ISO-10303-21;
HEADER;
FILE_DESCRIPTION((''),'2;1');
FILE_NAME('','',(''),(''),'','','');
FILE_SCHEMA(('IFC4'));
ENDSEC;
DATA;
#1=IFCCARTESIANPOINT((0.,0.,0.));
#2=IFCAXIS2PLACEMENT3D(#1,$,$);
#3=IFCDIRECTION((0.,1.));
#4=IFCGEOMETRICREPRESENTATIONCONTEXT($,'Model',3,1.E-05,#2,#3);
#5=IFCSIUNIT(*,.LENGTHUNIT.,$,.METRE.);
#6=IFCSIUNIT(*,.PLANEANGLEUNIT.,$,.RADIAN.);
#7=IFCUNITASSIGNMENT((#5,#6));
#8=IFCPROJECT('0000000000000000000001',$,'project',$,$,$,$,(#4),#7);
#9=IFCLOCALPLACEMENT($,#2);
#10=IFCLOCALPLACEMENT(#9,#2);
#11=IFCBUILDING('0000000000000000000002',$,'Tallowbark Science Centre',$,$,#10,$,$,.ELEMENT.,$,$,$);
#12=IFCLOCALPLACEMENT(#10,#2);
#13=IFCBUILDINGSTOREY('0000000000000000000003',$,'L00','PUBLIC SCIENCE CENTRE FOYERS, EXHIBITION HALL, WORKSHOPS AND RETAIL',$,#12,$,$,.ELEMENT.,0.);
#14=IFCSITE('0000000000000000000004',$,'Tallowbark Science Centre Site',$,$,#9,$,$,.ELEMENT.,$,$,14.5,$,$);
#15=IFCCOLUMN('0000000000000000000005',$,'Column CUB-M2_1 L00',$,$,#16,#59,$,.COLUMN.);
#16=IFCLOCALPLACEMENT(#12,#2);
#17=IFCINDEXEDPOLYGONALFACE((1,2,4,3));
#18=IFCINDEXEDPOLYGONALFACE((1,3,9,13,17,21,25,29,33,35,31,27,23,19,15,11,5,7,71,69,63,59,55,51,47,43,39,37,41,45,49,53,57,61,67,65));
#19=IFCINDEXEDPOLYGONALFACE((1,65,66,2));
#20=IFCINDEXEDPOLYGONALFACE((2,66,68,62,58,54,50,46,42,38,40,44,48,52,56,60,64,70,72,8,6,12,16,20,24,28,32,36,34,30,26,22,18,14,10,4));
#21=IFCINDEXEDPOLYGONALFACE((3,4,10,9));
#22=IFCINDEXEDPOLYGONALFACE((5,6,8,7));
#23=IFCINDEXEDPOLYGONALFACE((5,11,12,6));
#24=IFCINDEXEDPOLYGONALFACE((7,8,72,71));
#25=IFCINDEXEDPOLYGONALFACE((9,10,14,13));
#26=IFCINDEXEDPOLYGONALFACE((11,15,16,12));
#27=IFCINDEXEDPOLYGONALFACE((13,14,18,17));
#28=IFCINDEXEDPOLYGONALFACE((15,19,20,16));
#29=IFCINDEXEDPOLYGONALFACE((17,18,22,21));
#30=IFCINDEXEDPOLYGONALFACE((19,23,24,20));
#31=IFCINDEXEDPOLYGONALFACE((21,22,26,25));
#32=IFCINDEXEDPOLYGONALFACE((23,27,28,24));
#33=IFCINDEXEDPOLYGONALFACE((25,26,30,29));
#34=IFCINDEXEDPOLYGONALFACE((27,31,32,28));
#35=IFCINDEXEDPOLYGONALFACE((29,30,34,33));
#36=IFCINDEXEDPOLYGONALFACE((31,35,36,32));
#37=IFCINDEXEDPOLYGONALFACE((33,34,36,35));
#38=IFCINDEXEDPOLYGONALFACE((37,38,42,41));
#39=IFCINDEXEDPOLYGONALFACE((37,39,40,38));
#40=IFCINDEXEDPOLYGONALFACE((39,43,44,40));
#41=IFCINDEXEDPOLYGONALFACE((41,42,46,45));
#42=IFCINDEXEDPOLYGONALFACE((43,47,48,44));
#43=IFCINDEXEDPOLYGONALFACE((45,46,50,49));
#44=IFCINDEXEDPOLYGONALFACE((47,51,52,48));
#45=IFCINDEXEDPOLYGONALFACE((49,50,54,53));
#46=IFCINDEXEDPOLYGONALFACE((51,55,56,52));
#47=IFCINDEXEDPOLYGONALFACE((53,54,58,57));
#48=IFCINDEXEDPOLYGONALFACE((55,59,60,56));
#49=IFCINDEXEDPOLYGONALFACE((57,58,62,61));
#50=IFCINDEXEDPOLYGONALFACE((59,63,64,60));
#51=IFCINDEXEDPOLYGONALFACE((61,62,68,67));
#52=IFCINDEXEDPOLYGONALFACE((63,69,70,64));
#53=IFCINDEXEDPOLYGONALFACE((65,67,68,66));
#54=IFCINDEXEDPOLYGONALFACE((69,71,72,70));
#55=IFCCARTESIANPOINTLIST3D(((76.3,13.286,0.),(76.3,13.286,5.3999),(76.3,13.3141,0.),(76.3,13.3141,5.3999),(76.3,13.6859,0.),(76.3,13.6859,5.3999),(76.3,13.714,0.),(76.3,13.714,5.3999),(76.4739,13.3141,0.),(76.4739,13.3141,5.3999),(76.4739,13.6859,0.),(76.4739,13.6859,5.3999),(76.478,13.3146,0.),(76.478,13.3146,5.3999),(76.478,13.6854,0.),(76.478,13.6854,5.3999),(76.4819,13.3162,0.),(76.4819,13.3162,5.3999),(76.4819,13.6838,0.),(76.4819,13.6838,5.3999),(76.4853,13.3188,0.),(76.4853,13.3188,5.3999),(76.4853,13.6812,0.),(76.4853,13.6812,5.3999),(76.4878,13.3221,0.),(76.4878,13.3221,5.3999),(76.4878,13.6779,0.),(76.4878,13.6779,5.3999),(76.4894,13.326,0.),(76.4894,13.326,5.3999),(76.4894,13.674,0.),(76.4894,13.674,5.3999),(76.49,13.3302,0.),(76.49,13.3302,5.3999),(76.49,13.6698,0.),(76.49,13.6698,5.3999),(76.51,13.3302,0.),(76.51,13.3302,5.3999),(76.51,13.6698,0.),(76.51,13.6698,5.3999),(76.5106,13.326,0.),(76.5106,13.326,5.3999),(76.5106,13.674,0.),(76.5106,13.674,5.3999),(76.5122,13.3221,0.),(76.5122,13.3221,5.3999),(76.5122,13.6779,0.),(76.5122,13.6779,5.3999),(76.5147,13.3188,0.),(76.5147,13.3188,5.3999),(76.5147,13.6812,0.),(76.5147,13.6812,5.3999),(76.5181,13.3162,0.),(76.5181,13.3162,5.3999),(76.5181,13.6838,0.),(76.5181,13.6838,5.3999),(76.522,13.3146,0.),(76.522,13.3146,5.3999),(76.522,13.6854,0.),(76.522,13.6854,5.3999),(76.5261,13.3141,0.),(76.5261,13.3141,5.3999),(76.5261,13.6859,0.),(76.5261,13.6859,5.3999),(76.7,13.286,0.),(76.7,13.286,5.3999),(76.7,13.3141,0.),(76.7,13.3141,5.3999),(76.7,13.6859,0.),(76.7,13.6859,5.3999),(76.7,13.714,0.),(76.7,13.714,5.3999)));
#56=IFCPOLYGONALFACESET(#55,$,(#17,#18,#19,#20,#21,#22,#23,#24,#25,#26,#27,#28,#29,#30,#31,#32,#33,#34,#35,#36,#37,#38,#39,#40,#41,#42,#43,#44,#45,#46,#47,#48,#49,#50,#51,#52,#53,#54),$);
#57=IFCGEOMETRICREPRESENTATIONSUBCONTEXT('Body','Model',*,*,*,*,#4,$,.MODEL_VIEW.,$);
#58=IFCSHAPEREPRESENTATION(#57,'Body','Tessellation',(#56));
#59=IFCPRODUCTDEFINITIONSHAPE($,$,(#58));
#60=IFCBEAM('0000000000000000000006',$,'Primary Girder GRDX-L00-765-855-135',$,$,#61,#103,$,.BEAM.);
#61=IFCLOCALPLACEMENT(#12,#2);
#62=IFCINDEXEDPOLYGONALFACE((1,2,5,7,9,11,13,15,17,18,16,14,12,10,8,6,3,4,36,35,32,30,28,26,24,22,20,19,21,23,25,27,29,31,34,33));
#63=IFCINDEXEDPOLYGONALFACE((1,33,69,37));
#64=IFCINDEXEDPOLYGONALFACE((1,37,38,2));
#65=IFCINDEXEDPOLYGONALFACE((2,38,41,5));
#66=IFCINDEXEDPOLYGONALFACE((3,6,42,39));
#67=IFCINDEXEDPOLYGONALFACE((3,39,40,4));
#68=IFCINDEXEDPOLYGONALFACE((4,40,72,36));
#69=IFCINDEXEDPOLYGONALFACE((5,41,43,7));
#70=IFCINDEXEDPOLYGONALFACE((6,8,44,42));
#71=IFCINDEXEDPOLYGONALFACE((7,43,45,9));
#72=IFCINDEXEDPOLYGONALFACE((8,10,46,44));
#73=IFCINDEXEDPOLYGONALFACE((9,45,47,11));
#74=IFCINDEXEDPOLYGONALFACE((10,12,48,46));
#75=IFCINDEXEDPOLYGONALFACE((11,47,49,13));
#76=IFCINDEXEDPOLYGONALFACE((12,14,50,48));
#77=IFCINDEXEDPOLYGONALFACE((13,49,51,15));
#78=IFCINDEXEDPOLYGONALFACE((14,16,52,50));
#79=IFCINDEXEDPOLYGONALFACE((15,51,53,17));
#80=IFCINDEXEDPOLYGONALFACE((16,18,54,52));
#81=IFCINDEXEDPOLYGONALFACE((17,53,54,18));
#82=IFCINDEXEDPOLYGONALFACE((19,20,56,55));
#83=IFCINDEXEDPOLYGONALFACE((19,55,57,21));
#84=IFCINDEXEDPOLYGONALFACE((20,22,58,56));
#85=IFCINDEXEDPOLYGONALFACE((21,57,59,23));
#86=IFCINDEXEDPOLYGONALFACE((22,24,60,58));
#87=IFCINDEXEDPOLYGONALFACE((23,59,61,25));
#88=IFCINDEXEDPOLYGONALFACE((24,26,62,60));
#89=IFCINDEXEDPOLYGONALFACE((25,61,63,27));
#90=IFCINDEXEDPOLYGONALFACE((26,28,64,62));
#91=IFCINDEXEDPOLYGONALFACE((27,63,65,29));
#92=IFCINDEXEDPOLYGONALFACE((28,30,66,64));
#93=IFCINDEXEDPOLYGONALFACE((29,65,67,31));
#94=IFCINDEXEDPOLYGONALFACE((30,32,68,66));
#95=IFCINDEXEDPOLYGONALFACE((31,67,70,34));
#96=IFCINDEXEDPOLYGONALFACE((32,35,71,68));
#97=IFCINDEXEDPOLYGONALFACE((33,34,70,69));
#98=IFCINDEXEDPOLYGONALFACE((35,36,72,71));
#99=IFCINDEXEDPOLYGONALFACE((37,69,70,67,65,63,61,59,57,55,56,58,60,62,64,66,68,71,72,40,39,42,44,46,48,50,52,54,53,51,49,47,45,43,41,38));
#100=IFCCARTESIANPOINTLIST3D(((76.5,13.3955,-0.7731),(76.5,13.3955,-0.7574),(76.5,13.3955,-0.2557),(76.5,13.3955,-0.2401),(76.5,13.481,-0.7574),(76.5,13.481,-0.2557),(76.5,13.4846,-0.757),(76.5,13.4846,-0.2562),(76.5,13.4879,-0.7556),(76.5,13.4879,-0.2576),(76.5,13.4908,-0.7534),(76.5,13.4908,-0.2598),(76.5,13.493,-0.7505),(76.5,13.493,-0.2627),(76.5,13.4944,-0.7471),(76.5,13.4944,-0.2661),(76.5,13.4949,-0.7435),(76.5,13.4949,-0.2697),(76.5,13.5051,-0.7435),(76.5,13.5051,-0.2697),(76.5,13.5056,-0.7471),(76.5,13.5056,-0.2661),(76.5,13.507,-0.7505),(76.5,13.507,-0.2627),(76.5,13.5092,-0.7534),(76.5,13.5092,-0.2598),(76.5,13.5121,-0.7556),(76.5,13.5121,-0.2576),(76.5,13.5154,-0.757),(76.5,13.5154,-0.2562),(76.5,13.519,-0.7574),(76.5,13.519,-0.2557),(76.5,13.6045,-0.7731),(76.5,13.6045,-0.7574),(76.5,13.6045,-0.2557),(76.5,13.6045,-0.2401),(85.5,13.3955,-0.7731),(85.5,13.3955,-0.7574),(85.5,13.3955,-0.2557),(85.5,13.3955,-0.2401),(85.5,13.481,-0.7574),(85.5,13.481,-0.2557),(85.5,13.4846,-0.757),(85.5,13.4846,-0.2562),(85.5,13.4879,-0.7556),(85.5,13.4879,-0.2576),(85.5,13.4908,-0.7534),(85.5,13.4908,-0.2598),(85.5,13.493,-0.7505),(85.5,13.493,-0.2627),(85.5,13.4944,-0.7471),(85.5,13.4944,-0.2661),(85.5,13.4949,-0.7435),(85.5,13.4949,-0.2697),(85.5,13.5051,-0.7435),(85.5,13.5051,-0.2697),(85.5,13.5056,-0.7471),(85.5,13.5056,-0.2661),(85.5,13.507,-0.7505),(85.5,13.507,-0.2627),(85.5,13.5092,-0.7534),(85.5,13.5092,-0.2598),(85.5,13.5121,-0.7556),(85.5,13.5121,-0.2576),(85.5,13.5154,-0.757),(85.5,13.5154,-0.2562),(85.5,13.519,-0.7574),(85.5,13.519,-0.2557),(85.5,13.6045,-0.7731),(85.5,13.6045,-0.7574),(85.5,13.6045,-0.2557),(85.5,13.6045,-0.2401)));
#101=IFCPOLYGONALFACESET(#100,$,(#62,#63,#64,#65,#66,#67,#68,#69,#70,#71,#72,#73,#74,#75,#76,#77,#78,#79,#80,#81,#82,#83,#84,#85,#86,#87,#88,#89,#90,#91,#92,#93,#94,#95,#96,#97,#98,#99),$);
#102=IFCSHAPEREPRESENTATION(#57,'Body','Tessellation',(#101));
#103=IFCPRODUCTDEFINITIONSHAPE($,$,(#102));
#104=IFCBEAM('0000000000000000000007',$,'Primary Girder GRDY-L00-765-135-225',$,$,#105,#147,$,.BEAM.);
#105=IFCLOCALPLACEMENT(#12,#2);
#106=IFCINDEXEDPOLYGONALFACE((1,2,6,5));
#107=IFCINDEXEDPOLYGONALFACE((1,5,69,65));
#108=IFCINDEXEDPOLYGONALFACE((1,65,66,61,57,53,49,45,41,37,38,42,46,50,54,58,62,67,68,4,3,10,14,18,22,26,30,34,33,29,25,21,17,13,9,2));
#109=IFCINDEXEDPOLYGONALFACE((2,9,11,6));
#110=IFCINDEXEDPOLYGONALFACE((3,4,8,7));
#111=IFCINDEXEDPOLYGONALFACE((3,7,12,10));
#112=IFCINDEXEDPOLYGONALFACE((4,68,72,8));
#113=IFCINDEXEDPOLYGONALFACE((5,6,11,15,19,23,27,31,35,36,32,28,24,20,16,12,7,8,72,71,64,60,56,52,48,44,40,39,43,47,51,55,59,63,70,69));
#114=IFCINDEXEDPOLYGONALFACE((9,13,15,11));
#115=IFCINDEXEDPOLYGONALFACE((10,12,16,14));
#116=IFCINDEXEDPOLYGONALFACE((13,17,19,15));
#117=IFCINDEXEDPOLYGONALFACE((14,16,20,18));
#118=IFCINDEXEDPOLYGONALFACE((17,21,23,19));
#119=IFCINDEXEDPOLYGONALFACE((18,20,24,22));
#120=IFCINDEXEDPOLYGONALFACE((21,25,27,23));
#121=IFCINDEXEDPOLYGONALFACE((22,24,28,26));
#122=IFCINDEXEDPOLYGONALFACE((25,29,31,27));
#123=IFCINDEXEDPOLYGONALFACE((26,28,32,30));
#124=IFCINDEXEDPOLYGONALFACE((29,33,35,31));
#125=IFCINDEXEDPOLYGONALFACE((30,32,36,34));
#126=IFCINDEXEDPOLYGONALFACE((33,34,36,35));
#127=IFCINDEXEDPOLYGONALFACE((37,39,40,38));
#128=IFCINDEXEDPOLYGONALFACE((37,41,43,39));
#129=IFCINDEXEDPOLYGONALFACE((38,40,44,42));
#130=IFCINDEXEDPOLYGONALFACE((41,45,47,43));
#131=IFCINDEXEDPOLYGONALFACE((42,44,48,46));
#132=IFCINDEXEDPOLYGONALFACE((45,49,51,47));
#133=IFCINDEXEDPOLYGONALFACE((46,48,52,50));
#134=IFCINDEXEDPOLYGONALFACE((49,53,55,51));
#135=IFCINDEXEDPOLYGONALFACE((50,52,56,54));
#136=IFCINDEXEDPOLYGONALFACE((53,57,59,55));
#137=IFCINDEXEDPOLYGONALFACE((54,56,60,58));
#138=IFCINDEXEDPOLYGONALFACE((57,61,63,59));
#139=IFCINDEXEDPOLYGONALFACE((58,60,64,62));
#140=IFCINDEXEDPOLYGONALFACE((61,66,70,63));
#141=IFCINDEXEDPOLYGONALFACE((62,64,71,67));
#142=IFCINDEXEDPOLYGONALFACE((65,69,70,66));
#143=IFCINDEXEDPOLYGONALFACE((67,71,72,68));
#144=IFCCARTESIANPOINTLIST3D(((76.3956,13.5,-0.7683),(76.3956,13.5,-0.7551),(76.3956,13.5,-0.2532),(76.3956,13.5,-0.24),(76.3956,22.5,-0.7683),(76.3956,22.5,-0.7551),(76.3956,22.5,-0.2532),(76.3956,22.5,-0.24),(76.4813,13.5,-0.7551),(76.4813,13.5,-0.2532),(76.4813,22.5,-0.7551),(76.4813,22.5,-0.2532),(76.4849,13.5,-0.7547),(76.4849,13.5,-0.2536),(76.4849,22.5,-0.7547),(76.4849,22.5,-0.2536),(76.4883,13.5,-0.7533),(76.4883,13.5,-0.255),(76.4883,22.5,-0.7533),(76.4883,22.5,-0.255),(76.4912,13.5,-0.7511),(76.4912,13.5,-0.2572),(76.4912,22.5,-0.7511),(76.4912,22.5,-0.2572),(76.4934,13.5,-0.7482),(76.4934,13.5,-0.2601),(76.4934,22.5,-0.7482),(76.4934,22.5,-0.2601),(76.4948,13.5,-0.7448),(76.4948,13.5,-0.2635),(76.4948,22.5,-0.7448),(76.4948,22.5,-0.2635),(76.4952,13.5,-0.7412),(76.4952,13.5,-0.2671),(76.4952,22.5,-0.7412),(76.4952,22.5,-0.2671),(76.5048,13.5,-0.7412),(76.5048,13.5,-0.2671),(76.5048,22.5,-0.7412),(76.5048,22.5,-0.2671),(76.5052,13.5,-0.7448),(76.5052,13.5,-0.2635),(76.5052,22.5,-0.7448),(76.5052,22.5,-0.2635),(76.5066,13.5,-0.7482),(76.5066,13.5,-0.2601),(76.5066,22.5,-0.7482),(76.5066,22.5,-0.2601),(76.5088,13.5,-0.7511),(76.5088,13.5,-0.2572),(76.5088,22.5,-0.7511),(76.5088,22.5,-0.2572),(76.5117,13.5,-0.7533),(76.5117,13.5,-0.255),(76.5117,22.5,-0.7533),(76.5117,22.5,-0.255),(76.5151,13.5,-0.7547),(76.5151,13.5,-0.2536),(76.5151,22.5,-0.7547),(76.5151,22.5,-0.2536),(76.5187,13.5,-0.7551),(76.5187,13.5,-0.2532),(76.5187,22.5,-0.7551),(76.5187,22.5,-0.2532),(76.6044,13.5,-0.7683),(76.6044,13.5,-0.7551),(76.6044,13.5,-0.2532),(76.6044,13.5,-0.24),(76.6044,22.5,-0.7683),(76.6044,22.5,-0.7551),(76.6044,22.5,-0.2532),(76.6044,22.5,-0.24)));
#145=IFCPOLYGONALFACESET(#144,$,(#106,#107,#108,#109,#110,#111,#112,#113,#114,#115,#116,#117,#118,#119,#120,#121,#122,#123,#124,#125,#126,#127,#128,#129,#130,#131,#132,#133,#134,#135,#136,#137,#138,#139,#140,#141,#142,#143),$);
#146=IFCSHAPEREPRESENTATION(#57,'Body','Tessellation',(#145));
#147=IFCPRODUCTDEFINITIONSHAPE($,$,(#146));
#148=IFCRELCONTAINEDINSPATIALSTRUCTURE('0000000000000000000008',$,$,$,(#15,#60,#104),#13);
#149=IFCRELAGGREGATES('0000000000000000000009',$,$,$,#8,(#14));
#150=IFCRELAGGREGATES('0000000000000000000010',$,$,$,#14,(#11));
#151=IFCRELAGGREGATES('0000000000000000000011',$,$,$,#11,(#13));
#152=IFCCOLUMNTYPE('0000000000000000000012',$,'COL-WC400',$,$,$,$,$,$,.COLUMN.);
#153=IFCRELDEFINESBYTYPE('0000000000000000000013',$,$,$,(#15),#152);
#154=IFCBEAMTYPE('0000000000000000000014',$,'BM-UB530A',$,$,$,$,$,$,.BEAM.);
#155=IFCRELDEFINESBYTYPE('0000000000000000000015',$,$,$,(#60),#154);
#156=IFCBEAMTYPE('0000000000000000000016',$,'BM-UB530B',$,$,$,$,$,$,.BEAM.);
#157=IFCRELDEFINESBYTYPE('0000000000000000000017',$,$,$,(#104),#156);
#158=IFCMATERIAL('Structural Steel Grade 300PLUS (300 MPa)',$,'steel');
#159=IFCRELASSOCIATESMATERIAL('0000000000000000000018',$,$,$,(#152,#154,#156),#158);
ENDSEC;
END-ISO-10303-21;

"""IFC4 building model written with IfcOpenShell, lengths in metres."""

from ifc_helpers import new_model, si_unit, direction, frame, origin, origin_2d, place, context, subcontext, project, spatial, i_section, extrude, material, material_profile, profile_set, type_object, element, save


model = new_model("IFC4")

# Units and contexts
model_context = context("Model", 3, precision=1e-05, world=origin(), true_north=direction((0.0, 1.0)))
body_context = subcontext(model_context, "Body", "Model", "MODEL_VIEW")
ifc_project = project(units=[si_unit("LENGTHUNIT", "METRE"), si_unit("PLANEANGLEUNIT", "RADIAN")], contexts=[model_context])

# Site, building, storey
site_placement = place(None, origin())
site = spatial("IfcSite", under=ifc_project, at=site_placement, Name="Tallowbark Science Centre Site", CompositionType="ELEMENT", RefElevation=14.5)
building_placement = place(site_placement, origin())
building = spatial("IfcBuilding", under=site, at=building_placement, Name="Tallowbark Science Centre", CompositionType="ELEMENT")
storey_placement = place(building_placement, origin())
storey = spatial("IfcBuildingStorey", under=building, at=storey_placement, Name="L00", Description="PUBLIC SCIENCE CENTRE FOYERS, EXHIBITION HALL, WORKSHOPS AND RETAIL", CompositionType="ELEMENT", Elevation=0.0)

# Column
ifc_material_1 = material(Name="Structural Steel Grade 300PLUS (300 MPa)", Category="steel")
ifc_material_profile_1 = material_profile(ifc_material_1, i_section(OverallWidth=0.3999, OverallDepth=0.428, WebThickness=0.02, FlangeThickness=0.0281, FilletRadius=0.0161, at=origin_2d()), Name="400WC270")
ifc_profile_set_1 = profile_set([ifc_material_profile_1], Name="Structural Steel Grade 300PLUS (300 MPa)")
column_type = type_object("IfcColumnType", Name="COL-WC400", PredefinedType="COLUMN", material=ifc_profile_set_1)
column_placement = place(storey_placement, frame((76.5, 13.5, 0.0), z_axis=(0.0, 0.0, 1.0), x_axis=(1.0, 0.0, 0.0)))
element("IfcColumn", 1, at=column_placement, inside=storey, type_object=column_type, Name="Column CUB-M2_1 L00", PredefinedType="COLUMN", context=body_context, shape_type="SweptSolid", body=[
    extrude(i_section(OverallWidth=0.3999, OverallDepth=0.428, WebThickness=0.02, FlangeThickness=0.0281, FilletRadius=0.0161, at=origin_2d()), origin(), (0.0, 0.0, 1.0), 5.3999),
])

# Beams
ifc_material_profile_2 = material_profile(ifc_material_1, i_section(OverallWidth=0.209, OverallDepth=0.533, WebThickness=0.0103, FlangeThickness=0.0156, FilletRadius=0.0139, at=origin_2d()), Name="530UB92.4")
ifc_profile_set_2 = profile_set([ifc_material_profile_2], Name="Structural Steel Grade 300PLUS (300 MPa)")
beam_type_1 = type_object("IfcBeamType", Name="BM-UB530A", PredefinedType="BEAM", material=ifc_profile_set_2)
beam_1_placement = place(storey_placement, frame((76.5, 13.5, -0.5066), z_axis=(1.0, 0.0, 0.0), x_axis=(0.0, 1.0, 0.0)))
element("IfcBeam", 2, at=beam_1_placement, inside=storey, type_object=beam_type_1, Name="Primary Girder GRDX-L00-765-855-135", PredefinedType="BEAM", context=body_context, shape_type="SweptSolid", body=[
    extrude(i_section(OverallWidth=0.209, OverallDepth=0.533, WebThickness=0.0103, FlangeThickness=0.0156, FilletRadius=0.0139, at=origin_2d()), origin(), (0.0, 0.0, 1.0), 9.0),
])
ifc_material_profile_3 = material_profile(ifc_material_1, i_section(OverallWidth=0.2087, OverallDepth=0.5283, WebThickness=0.0095, FlangeThickness=0.0132, FilletRadius=0.0139, at=origin_2d()), Name="530UB82.0")
ifc_profile_set_3 = profile_set([ifc_material_profile_3], Name="Structural Steel Grade 300PLUS (300 MPa)")
beam_type_2 = type_object("IfcBeamType", Name="BM-UB530B", PredefinedType="BEAM", material=ifc_profile_set_3)
beam_2_placement = place(storey_placement, frame((76.5, 13.5, -0.5042), z_axis=(0.0, 1.0, 0.0), x_axis=(-1.0, 0.0, 0.0)))
element("IfcBeam", 3, at=beam_2_placement, inside=storey, type_object=beam_type_2, Name="Primary Girder GRDY-L00-765-135-225", PredefinedType="BEAM", context=body_context, shape_type="SweptSolid", body=[
    extrude(i_section(OverallWidth=0.2087, OverallDepth=0.5283, WebThickness=0.0095, FlangeThickness=0.0132, FilletRadius=0.0139, at=origin_2d()), origin(), (0.0, 0.0, 1.0), 9.0),
])

save(model, "model.ifc")
